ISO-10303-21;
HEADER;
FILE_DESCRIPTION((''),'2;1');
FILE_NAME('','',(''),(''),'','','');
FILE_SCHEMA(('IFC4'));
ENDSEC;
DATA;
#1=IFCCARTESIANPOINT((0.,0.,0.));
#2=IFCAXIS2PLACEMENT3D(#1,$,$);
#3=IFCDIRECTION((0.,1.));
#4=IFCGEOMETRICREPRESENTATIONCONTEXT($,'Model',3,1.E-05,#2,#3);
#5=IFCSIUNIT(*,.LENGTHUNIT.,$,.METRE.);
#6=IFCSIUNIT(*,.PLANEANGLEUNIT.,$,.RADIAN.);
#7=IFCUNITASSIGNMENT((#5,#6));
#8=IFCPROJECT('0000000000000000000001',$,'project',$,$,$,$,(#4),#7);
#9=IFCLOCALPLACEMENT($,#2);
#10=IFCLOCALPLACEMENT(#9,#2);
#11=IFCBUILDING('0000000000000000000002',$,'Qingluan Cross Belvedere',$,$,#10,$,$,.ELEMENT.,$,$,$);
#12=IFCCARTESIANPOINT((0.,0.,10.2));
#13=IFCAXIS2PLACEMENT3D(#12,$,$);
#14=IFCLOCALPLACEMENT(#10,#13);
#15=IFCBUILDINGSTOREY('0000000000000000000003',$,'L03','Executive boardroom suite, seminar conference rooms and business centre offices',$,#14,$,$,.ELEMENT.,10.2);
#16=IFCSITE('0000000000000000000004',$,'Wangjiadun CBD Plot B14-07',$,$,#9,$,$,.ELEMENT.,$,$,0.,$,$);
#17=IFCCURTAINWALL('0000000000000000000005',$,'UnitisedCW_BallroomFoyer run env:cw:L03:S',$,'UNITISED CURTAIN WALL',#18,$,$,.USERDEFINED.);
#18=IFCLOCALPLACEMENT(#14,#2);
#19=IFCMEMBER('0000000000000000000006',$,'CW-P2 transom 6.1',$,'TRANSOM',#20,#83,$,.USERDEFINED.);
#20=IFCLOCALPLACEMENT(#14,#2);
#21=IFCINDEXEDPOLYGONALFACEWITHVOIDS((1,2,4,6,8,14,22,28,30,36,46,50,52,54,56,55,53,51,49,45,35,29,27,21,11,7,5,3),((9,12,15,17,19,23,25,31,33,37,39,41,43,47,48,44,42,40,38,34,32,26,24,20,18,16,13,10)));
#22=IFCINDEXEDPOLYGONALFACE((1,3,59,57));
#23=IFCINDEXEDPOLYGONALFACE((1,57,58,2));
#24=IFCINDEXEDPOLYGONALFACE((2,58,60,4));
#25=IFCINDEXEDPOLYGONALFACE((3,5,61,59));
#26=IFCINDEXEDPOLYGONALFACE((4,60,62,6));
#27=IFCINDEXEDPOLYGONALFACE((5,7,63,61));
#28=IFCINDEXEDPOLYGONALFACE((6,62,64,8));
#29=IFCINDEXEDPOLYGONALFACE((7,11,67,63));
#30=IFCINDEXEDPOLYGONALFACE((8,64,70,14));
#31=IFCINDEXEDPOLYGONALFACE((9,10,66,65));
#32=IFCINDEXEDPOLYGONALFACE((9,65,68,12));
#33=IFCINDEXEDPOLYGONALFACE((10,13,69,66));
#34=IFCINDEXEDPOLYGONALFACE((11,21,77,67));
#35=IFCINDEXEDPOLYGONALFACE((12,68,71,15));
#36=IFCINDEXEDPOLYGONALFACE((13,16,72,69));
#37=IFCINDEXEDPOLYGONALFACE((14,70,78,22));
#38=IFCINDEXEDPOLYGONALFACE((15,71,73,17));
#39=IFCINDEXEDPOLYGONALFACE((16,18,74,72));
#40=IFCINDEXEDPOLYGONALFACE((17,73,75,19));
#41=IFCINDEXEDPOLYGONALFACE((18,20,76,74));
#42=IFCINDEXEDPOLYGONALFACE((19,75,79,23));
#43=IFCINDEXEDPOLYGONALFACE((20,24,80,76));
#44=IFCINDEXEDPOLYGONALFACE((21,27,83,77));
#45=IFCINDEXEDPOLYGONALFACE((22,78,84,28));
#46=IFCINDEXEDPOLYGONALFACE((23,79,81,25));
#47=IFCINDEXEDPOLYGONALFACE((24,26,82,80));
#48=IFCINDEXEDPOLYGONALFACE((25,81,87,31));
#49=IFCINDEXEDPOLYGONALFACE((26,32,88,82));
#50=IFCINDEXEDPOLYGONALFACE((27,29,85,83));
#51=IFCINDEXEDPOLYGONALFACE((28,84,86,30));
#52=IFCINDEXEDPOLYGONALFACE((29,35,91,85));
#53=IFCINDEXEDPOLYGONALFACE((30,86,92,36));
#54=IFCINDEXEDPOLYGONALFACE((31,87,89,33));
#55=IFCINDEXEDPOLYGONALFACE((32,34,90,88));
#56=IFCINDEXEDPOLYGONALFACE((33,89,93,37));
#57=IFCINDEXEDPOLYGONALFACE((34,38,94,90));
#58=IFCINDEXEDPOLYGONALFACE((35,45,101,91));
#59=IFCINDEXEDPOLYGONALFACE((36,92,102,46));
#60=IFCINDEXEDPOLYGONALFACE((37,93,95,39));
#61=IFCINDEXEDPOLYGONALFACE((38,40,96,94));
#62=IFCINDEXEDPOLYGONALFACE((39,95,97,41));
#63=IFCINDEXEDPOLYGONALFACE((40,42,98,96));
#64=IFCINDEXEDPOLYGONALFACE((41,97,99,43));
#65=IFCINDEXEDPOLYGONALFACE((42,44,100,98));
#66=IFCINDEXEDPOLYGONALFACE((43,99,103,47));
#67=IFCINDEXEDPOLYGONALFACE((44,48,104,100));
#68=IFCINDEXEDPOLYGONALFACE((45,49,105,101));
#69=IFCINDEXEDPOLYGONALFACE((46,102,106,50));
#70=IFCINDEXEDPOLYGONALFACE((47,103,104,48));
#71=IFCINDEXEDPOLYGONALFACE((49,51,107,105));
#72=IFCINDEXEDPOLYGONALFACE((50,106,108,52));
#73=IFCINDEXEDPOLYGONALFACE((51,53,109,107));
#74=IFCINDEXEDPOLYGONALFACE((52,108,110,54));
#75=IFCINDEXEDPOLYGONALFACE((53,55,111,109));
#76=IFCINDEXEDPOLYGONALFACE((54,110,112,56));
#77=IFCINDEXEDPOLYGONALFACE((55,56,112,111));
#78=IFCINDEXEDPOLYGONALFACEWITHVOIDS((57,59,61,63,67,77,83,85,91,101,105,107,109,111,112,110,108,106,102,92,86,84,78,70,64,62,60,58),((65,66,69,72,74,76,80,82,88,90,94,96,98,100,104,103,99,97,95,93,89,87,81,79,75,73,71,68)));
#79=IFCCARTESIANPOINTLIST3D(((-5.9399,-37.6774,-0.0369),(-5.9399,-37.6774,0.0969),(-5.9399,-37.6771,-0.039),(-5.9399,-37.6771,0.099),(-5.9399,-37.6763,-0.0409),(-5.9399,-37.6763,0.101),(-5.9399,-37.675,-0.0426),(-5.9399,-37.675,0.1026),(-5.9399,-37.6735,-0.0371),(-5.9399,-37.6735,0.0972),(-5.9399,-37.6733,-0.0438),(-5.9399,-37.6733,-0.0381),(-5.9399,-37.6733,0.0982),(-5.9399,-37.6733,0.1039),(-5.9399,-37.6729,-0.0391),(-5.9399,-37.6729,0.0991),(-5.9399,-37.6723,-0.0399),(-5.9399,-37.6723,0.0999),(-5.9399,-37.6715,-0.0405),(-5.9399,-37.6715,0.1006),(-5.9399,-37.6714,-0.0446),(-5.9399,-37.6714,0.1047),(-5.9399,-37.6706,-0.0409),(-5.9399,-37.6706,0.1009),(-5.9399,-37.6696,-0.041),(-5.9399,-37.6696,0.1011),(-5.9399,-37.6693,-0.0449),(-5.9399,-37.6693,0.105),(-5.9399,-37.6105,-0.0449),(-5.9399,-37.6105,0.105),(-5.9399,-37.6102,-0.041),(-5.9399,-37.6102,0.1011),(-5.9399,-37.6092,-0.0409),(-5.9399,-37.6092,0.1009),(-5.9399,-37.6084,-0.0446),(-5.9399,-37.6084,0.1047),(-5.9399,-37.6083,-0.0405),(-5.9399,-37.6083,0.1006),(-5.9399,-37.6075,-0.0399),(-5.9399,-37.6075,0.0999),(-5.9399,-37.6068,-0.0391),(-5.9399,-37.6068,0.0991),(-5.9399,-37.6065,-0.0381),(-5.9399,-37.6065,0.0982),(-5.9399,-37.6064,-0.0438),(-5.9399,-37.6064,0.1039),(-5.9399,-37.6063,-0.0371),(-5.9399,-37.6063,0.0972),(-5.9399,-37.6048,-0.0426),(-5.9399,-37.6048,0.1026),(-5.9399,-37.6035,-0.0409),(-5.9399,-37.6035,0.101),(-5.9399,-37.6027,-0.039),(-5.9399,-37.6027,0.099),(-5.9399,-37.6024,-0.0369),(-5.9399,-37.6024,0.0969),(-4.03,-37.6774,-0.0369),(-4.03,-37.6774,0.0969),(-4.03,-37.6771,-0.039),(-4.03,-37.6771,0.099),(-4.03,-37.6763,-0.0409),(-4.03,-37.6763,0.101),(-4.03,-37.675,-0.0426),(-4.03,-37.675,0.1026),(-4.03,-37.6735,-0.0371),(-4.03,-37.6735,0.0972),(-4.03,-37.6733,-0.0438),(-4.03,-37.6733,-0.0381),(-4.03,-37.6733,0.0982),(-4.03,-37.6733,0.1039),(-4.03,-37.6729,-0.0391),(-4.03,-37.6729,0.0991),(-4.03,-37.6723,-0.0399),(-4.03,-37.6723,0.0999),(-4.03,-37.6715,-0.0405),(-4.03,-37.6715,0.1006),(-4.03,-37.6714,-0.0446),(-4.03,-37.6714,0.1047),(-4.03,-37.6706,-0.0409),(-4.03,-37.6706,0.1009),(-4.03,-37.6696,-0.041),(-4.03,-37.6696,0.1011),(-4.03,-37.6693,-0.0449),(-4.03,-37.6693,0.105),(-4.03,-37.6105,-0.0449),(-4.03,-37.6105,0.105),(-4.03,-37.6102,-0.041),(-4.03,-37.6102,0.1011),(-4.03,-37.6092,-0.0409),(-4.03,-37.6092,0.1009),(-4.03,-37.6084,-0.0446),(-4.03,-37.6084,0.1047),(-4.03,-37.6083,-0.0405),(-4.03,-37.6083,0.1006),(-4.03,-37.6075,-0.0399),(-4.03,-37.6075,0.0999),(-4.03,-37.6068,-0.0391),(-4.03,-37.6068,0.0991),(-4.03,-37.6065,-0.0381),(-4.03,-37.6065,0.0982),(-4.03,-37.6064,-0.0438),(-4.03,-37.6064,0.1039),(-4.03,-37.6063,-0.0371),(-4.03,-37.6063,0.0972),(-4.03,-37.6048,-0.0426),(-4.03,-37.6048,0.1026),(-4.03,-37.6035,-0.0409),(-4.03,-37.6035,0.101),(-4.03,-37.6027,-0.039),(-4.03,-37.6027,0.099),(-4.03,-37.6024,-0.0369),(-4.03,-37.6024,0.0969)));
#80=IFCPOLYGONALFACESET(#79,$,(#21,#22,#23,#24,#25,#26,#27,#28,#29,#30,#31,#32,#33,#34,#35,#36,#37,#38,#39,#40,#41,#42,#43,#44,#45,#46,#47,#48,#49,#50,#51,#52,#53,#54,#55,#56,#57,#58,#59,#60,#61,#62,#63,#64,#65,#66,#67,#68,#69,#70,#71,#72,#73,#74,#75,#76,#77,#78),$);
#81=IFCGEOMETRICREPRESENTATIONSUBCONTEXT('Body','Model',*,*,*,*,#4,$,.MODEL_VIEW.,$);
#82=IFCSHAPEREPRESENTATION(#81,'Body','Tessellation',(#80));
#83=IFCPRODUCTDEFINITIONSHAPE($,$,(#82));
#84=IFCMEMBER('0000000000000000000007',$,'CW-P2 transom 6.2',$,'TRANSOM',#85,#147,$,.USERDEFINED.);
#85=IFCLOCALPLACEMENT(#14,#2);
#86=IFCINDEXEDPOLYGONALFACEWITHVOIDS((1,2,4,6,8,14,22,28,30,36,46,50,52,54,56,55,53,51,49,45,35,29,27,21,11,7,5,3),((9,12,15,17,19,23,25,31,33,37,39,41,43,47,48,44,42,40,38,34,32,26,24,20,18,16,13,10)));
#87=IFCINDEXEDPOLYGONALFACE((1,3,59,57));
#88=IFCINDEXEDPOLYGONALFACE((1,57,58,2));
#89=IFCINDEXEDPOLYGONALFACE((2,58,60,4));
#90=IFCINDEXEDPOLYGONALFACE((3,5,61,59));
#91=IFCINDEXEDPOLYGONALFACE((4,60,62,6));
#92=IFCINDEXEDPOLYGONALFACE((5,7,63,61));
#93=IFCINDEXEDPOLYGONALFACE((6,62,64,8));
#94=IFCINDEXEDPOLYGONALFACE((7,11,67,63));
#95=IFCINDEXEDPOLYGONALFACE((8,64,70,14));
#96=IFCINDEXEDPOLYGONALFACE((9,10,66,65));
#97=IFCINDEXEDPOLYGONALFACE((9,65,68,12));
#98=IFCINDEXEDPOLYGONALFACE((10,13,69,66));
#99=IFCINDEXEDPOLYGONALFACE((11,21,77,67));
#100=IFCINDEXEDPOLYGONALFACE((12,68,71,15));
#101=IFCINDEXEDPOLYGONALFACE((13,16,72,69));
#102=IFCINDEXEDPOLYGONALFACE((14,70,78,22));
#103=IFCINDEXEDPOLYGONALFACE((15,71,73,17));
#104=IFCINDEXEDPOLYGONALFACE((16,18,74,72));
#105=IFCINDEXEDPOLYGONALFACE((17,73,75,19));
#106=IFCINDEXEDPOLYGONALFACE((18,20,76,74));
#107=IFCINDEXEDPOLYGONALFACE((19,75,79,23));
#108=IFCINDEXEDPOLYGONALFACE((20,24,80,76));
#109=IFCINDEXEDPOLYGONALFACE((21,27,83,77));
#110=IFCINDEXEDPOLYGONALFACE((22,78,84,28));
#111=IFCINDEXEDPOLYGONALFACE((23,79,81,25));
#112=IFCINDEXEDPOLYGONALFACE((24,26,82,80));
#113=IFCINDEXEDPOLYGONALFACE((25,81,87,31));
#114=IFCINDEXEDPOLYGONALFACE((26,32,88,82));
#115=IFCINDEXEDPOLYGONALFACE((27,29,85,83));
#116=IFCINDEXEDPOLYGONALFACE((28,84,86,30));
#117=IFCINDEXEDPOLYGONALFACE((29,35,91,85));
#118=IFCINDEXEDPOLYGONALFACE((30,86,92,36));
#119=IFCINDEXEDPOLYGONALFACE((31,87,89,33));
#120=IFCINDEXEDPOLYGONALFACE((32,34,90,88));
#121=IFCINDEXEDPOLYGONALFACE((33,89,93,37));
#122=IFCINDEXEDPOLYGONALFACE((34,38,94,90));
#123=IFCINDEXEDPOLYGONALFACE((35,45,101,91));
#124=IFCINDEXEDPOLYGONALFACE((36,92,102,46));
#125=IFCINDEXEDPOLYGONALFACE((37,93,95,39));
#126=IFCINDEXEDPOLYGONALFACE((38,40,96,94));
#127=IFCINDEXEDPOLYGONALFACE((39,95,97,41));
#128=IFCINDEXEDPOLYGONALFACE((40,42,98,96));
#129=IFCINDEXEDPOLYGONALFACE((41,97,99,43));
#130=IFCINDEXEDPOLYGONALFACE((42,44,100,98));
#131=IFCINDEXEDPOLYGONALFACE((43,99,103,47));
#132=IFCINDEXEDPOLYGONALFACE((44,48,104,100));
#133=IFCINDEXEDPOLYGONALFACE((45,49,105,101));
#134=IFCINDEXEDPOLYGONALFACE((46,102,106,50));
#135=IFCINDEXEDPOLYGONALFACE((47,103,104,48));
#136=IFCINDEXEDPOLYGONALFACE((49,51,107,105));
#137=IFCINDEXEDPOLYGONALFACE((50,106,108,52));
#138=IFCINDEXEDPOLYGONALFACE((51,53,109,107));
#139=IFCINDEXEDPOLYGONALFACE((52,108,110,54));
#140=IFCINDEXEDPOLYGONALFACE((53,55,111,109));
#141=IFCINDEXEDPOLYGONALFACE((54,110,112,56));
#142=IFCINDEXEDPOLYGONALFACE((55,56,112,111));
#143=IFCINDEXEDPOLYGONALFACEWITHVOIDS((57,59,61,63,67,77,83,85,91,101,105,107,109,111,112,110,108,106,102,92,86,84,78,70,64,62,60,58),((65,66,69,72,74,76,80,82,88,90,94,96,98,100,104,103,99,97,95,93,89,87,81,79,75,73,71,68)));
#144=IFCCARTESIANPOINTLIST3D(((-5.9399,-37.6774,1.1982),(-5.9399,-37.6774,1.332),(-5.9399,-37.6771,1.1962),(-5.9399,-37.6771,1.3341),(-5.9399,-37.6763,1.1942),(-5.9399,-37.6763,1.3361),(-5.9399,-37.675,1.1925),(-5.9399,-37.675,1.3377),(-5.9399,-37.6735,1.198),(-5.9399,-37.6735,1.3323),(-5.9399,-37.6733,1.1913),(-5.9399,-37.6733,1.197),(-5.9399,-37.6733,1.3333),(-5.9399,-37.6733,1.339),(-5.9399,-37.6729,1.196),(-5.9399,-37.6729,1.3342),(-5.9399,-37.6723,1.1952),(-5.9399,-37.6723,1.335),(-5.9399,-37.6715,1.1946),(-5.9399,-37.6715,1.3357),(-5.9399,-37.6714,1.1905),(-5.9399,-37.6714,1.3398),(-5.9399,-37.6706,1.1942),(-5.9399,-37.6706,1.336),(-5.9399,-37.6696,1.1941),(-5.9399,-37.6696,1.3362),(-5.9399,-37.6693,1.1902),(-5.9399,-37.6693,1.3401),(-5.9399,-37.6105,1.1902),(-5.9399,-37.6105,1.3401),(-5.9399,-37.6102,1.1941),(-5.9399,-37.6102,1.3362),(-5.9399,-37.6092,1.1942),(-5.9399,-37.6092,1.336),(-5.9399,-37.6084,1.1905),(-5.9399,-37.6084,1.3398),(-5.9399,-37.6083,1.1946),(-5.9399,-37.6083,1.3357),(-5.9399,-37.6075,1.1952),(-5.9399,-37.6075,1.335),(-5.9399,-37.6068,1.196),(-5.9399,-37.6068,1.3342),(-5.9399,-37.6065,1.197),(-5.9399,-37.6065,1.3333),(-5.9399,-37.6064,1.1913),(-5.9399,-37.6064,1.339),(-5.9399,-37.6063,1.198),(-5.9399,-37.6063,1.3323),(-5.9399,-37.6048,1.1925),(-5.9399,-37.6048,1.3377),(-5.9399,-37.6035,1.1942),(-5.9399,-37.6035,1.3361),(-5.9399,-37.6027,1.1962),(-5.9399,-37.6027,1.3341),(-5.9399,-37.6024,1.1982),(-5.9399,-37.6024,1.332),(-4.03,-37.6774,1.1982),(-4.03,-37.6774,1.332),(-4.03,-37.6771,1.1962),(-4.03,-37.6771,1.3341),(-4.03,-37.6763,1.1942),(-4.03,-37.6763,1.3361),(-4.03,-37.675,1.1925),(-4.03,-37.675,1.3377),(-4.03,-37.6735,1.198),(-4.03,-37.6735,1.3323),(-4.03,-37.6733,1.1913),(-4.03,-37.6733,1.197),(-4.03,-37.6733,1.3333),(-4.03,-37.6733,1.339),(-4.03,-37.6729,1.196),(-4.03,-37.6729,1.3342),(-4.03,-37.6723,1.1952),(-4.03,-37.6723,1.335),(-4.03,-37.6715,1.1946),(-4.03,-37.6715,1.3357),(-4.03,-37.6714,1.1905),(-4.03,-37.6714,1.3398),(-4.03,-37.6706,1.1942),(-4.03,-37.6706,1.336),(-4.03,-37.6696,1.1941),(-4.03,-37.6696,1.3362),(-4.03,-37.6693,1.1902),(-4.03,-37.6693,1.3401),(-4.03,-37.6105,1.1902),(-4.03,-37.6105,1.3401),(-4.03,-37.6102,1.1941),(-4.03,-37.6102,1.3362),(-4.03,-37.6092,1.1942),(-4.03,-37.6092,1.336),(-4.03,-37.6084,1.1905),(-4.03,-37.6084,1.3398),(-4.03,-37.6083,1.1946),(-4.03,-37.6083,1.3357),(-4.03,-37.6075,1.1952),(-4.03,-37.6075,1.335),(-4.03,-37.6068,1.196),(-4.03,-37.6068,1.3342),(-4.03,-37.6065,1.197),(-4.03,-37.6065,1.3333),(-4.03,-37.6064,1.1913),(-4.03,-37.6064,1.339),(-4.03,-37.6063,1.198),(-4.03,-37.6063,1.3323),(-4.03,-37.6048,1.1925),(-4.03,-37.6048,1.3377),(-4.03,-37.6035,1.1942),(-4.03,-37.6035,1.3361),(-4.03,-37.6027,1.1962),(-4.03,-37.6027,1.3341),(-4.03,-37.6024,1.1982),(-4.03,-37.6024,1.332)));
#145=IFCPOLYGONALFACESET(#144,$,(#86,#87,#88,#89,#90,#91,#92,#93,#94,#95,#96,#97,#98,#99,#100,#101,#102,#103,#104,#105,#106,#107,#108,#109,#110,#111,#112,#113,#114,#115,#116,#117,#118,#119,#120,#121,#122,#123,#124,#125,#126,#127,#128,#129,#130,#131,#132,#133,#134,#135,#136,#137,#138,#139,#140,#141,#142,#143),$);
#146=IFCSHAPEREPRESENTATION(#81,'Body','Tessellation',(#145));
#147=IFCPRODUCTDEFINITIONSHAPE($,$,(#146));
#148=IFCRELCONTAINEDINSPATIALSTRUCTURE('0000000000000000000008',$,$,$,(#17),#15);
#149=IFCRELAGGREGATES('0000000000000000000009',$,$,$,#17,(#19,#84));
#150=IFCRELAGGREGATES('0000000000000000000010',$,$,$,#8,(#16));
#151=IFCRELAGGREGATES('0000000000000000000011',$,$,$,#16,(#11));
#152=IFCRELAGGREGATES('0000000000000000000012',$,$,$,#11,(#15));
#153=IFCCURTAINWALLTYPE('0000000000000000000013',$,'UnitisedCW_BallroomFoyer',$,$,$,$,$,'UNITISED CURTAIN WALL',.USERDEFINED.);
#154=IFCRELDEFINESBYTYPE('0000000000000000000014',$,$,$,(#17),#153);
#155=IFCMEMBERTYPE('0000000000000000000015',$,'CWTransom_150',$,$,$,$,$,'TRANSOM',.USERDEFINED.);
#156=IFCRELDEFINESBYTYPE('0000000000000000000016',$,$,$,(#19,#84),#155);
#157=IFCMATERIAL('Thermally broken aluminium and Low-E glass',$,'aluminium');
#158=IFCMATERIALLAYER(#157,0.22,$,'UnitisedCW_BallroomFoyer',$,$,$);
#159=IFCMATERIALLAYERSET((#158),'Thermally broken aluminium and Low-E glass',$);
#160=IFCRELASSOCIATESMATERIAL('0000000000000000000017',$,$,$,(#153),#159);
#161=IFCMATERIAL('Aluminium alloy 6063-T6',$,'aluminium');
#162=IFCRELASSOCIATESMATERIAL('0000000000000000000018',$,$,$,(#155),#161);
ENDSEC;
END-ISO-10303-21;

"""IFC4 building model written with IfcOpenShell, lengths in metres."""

from ifc_helpers import new_model, si_unit, direction, frame, origin, origin_2d, place, context, subcontext, project, spatial, hollow_rectangle, extrude, material, layer, layer_set, material_profile, profile_set, type_object, element, aggregate, save


model = new_model("IFC4")

# Units and contexts
model_context = context("Model", 3, precision=1e-05, world=origin(), true_north=direction((0.0, 1.0)))
body_context = subcontext(model_context, "Body", "Model", "MODEL_VIEW")
ifc_project = project(units=[si_unit("LENGTHUNIT", "METRE"), si_unit("PLANEANGLEUNIT", "RADIAN")], contexts=[model_context])

# Site, building, storey
site_placement = place(None, origin())
site = spatial("IfcSite", under=ifc_project, at=site_placement, Name="Wangjiadun CBD Plot B14-07", CompositionType="ELEMENT", RefElevation=0.0)
building_placement = place(site_placement, origin())
building = spatial("IfcBuilding", under=site, at=building_placement, Name="Qingluan Cross Belvedere", CompositionType="ELEMENT")
storey_placement = place(building_placement, frame((0.0, 0.0, 10.2)))
storey = spatial("IfcBuildingStorey", under=building, at=storey_placement, Name="L03", Description="Executive boardroom suite, seminar conference rooms and business centre offices", CompositionType="ELEMENT", Elevation=10.2)

# Curtain wall, members
ifc_material_1 = material(Name="Thermally broken aluminium and Low-E glass", Category="aluminium")
ifc_layer_1 = layer(ifc_material_1, 0.22, Name="UnitisedCW_BallroomFoyer")
ifc_layer_set_1 = layer_set([ifc_layer_1], Name="Thermally broken aluminium and Low-E glass")
curtain_wall_type = type_object("IfcCurtainWallType", Name="UnitisedCW_BallroomFoyer", ElementType="UNITISED CURTAIN WALL", PredefinedType="USERDEFINED", material=ifc_layer_set_1)
curtain_wall_placement = place(storey_placement, origin())
curtain_wall = element("IfcCurtainWall", 1, at=curtain_wall_placement, inside=storey, type_object=curtain_wall_type, Name="UnitisedCW_BallroomFoyer run env:cw:L03:S", ObjectType="UNITISED CURTAIN WALL", PredefinedType="USERDEFINED")
ifc_material_2 = material(Name="Aluminium alloy 6063-T6", Category="aluminium")
ifc_material_profile_1 = material_profile(ifc_material_2, hollow_rectangle(XDim=0.075, YDim=0.1499, WallThickness=0.0039, InnerFilletRadius=0.0039, OuterFilletRadius=0.0081, at=origin_2d()), Name="CWT150x75x4")
ifc_profile_set_1 = profile_set([ifc_material_profile_1], Name="Aluminium alloy 6063-T6")
member_type_1 = type_object("IfcMemberType", Name="CWTransom_150", ElementType="TRANSOM", PredefinedType="USERDEFINED", material=ifc_profile_set_1)
member_1_placement = place(storey_placement, frame((-4.03, -37.6399, 0.03), z_axis=(-1.0, 0.0, 0.0), x_axis=(0.0, -1.0, 0.0)))
member_1 = element("IfcMember", 2, at=member_1_placement, type_object=member_type_1, Name="CW-P2 transom 6.1", ObjectType="TRANSOM", PredefinedType="USERDEFINED", context=body_context, shape_type="SweptSolid", body=[
    extrude(hollow_rectangle(XDim=0.075, YDim=0.1499, WallThickness=0.0039, InnerFilletRadius=0.0039, OuterFilletRadius=0.0081, at=origin_2d()), origin(), (0.0, 0.0, 1.0), 1.9099),
])
member_2_placement = place(storey_placement, frame((-4.03, -37.6399, 1.2651), z_axis=(-1.0, 0.0, 0.0), x_axis=(0.0, -1.0, 0.0)))
member_2 = element("IfcMember", 3, at=member_2_placement, type_object=member_type_1, Name="CW-P2 transom 6.2", ObjectType="TRANSOM", PredefinedType="USERDEFINED", context=body_context, shape_type="SweptSolid", body=[
    extrude(hollow_rectangle(XDim=0.075, YDim=0.1499, WallThickness=0.0039, InnerFilletRadius=0.0039, OuterFilletRadius=0.0081, at=origin_2d()), origin(), (0.0, 0.0, 1.0), 1.9099),
])

aggregate(curtain_wall, [member_1, member_2])

save(model, "model.ifc")
